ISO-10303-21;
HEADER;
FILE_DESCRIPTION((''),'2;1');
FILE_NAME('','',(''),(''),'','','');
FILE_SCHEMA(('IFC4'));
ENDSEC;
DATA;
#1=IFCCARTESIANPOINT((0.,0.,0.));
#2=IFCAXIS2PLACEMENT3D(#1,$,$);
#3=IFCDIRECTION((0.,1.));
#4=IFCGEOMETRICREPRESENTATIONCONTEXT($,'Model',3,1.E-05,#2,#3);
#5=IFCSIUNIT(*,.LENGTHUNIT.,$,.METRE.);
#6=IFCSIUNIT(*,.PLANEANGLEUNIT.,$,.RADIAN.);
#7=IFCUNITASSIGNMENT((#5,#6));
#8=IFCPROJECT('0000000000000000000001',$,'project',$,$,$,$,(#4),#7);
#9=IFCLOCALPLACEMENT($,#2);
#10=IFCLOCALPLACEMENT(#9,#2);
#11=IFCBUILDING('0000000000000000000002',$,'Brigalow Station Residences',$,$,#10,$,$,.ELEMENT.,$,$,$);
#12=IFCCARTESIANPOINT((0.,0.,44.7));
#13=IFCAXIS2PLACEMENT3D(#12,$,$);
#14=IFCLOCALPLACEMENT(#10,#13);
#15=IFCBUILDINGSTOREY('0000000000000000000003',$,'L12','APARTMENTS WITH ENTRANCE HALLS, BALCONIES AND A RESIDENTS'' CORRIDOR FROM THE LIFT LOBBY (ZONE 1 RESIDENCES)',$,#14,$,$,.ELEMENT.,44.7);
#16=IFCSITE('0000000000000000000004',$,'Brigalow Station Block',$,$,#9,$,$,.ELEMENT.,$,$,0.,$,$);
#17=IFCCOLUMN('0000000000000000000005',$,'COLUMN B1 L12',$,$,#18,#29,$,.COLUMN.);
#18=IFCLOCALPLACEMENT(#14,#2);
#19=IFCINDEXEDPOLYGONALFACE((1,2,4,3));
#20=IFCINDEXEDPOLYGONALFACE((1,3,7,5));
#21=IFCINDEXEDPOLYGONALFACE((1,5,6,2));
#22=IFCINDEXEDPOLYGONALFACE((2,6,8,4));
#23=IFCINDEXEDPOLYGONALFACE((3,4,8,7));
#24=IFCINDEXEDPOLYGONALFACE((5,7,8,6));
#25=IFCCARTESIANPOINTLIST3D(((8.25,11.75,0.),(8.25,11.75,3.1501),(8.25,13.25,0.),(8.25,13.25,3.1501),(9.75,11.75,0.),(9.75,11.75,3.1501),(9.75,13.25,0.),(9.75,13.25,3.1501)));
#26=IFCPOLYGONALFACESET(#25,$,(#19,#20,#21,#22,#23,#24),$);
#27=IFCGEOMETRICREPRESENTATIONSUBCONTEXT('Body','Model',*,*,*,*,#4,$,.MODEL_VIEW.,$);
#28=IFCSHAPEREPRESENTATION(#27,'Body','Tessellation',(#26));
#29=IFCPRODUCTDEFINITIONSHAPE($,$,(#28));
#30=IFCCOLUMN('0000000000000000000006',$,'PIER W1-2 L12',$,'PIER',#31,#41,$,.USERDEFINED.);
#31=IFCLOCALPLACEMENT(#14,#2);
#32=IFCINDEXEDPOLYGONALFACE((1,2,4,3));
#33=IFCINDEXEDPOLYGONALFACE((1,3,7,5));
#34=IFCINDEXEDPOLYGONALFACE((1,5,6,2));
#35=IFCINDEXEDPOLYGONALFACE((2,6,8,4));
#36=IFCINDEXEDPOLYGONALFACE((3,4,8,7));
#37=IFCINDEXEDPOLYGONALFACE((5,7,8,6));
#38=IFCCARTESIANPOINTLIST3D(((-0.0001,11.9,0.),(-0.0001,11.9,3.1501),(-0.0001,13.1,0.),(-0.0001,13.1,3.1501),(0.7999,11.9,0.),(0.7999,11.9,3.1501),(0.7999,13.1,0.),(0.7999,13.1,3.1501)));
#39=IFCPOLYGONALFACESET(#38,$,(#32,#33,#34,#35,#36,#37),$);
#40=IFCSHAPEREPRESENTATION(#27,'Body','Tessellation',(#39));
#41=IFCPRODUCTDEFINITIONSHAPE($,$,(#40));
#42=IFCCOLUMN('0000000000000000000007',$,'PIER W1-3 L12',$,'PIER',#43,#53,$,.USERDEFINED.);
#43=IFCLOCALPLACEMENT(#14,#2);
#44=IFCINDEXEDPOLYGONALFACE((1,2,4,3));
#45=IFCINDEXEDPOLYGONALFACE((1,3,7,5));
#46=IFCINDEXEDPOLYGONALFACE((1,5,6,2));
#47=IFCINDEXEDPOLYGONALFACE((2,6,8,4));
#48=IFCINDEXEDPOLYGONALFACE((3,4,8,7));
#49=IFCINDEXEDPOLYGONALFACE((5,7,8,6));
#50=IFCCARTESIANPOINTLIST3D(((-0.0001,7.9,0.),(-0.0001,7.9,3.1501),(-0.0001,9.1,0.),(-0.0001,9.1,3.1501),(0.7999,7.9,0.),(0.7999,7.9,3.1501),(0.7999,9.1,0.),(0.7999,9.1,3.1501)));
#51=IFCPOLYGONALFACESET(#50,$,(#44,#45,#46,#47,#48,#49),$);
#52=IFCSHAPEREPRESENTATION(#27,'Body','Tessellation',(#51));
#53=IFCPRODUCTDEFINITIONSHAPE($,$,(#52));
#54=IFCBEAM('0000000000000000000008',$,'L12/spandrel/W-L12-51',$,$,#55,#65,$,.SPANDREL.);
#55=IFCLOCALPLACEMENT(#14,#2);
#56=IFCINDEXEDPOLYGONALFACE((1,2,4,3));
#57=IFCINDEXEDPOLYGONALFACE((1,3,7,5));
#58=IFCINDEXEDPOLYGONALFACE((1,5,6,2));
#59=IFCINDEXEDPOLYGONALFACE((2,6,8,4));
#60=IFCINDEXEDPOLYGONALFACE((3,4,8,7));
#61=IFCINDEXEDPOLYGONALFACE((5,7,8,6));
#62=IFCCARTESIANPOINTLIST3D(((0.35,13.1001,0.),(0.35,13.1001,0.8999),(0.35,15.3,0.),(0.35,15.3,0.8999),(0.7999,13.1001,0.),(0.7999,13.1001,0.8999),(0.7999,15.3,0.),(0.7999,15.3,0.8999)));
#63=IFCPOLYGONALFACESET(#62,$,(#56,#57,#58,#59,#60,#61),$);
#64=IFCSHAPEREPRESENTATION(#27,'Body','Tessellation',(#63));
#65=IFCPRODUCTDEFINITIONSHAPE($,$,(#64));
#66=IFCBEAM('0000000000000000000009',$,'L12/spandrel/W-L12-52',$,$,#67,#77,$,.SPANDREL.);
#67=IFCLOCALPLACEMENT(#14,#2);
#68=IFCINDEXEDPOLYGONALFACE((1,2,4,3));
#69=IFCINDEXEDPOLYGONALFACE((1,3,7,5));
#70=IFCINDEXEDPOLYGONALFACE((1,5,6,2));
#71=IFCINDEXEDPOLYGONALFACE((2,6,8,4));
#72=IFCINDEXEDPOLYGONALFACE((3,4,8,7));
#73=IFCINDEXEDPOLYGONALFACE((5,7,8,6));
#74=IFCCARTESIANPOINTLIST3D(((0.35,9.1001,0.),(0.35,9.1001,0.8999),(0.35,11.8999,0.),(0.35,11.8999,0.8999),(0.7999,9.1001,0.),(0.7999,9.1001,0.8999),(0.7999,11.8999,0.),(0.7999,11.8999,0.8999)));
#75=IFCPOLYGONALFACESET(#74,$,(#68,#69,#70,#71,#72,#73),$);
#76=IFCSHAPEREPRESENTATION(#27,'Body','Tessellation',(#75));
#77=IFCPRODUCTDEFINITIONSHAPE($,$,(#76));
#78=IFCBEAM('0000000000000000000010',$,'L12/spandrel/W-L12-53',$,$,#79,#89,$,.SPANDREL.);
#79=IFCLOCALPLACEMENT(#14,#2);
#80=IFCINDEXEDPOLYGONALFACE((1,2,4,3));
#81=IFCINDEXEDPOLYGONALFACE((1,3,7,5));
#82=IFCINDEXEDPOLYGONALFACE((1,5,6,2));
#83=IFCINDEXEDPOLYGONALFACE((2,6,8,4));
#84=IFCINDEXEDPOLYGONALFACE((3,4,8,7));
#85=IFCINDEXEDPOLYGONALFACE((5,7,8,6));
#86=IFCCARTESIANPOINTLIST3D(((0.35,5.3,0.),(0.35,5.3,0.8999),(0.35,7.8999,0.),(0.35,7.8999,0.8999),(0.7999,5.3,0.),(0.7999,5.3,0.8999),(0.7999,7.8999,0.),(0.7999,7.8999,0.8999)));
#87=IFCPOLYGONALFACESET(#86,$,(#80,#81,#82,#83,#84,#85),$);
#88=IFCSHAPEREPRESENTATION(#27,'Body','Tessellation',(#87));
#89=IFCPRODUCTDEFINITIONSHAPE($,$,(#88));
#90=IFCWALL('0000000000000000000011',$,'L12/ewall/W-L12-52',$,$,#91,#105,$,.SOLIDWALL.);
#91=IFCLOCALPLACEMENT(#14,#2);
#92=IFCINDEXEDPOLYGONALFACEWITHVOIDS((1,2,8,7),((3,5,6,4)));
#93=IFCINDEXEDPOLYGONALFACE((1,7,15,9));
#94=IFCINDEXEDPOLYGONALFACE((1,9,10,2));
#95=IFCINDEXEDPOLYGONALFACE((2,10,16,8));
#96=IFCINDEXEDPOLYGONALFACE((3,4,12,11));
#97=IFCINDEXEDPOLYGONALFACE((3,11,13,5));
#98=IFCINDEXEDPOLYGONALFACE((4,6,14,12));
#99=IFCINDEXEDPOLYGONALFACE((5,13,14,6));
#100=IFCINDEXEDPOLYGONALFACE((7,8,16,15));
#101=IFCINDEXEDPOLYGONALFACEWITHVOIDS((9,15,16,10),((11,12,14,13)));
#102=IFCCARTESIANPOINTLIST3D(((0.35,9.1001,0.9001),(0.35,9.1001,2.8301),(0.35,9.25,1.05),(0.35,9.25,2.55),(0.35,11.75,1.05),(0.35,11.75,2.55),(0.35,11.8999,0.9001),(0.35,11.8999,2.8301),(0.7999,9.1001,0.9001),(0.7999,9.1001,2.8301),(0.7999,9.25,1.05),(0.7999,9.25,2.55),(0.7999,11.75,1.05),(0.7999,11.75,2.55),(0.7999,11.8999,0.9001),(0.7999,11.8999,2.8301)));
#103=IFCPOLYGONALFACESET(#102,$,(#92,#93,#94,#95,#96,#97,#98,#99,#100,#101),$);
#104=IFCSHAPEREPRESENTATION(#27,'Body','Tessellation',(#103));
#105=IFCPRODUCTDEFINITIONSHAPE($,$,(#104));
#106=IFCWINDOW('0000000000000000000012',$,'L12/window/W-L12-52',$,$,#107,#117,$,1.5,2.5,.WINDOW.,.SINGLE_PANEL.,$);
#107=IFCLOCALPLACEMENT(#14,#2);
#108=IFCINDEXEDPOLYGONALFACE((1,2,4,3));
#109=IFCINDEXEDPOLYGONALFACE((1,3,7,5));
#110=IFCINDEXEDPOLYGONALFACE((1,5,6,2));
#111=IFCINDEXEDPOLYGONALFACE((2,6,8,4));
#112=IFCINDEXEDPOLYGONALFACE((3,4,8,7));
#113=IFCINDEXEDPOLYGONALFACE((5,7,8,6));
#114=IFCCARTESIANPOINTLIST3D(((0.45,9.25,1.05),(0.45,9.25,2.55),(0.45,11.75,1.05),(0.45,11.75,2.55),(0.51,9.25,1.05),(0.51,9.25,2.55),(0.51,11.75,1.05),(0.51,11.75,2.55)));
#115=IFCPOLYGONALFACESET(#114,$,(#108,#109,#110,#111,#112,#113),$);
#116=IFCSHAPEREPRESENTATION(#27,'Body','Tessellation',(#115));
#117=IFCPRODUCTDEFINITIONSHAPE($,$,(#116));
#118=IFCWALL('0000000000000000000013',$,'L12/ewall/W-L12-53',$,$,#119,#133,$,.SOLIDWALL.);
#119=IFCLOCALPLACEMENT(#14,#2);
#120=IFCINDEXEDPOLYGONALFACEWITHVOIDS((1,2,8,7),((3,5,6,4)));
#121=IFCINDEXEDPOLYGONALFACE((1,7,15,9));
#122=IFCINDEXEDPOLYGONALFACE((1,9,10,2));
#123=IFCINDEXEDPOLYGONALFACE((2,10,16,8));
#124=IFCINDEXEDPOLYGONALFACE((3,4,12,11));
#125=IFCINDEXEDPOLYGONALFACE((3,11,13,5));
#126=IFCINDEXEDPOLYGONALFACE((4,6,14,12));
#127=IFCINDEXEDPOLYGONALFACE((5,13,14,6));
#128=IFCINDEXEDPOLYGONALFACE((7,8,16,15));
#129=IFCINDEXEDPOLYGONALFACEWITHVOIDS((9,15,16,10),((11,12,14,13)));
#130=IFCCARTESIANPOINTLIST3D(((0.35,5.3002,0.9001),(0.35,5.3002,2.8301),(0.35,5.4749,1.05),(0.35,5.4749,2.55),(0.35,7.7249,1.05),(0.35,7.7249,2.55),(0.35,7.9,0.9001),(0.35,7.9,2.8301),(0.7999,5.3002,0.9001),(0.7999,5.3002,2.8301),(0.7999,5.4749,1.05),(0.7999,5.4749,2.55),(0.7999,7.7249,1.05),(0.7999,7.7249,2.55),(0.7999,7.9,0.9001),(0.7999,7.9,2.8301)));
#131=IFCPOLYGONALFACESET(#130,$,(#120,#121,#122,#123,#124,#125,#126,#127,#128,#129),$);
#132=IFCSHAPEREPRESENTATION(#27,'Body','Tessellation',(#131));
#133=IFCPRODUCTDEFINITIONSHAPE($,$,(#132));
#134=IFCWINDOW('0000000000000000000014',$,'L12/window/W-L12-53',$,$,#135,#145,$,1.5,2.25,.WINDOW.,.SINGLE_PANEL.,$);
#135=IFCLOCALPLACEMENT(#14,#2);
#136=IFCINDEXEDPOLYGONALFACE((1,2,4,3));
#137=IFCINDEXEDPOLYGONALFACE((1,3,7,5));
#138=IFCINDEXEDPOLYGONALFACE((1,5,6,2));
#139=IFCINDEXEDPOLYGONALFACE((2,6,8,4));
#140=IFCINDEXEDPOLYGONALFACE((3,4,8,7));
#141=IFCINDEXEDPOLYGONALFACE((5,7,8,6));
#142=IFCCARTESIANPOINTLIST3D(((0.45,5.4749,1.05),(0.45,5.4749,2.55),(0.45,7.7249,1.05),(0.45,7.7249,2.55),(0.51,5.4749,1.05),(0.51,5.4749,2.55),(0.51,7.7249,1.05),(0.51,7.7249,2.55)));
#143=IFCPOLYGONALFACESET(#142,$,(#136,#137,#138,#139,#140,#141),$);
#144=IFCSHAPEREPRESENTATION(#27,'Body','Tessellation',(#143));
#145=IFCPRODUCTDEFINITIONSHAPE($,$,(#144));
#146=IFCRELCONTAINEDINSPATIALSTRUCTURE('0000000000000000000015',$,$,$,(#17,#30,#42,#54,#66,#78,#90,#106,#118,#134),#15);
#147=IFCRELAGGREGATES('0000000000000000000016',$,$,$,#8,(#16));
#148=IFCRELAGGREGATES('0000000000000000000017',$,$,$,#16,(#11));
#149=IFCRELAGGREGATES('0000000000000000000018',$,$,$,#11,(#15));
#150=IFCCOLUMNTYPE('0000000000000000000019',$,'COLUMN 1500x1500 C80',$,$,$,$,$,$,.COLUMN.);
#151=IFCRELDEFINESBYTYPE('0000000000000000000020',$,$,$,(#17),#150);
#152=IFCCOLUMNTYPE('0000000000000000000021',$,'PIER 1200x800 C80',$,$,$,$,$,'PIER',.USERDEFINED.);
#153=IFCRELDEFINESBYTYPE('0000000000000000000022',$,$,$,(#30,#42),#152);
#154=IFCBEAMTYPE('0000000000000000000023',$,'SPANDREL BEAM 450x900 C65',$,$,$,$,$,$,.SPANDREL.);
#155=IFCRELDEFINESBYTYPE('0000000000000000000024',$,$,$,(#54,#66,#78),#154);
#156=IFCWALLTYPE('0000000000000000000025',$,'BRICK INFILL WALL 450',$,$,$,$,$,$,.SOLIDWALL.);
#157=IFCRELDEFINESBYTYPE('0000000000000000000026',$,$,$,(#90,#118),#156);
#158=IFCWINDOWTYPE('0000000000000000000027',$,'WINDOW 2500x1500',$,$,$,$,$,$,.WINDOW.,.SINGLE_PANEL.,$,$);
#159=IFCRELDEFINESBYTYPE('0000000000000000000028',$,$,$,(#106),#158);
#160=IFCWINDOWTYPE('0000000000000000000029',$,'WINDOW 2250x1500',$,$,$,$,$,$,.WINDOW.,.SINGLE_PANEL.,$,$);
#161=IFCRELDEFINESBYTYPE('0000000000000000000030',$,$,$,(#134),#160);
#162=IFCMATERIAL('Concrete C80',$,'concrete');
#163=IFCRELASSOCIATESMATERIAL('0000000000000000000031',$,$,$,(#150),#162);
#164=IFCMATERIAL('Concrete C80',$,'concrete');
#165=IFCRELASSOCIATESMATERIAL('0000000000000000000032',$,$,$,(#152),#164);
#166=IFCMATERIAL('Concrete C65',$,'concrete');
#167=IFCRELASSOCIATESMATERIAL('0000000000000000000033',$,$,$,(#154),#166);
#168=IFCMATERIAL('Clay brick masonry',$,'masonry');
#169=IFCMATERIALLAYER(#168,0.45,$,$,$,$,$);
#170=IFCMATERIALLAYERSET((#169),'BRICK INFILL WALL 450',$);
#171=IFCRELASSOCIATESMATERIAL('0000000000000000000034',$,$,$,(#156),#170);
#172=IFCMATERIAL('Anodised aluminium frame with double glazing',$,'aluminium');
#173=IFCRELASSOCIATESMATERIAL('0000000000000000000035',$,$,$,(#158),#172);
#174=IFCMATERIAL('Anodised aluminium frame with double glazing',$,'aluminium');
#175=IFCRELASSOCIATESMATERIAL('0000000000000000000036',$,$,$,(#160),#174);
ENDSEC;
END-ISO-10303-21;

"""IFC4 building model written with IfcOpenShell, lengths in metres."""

from ifc_helpers import new_model, si_unit, direction, frame, frame_2d, origin, origin_2d, place, context, subcontext, project, spatial, rectangle, extrude, material, layer, layer_set, material_profile, profile_set, type_object, element, fill, save


model = new_model("IFC4")

# Units and contexts
model_context = context("Model", 3, precision=1e-05, world=origin(), true_north=direction((0.0, 1.0)))
body_context = subcontext(model_context, "Body", "Model", "MODEL_VIEW")
ifc_project = project(units=[si_unit("LENGTHUNIT", "METRE"), si_unit("PLANEANGLEUNIT", "RADIAN")], contexts=[model_context])

# Site, building, storey
site_placement = place(None, origin())
site = spatial("IfcSite", under=ifc_project, at=site_placement, Name="Brigalow Station Block", CompositionType="ELEMENT", RefElevation=0.0)
building_placement = place(site_placement, origin())
building = spatial("IfcBuilding", under=site, at=building_placement, Name="Brigalow Station Residences", CompositionType="ELEMENT")
storey_placement = place(building_placement, frame((0.0, 0.0, 44.7)))
storey = spatial("IfcBuildingStorey", under=building, at=storey_placement, Name="L12", Description="APARTMENTS WITH ENTRANCE HALLS, BALCONIES AND A RESIDENTS' CORRIDOR FROM THE LIFT LOBBY (ZONE 1 RESIDENCES)", CompositionType="ELEMENT", Elevation=44.7)

# Columns
ifc_material_1 = material(Name="Concrete C80", Category="concrete")
ifc_material_profile_1 = material_profile(ifc_material_1, rectangle(XDim=1.5, YDim=1.5, at=origin_2d()), Name="RC1500x1500")
ifc_profile_set_1 = profile_set([ifc_material_profile_1], Name="Concrete C80")
column_type_1 = type_object("IfcColumnType", Name="COLUMN 1500x1500 C80", PredefinedType="COLUMN", material=ifc_profile_set_1)
column_placement = place(storey_placement, frame((9.0, 12.5, 0.0), z_axis=(0.0, 0.0, 1.0), x_axis=(1.0, 0.0, 0.0)))
element("IfcColumn", 1, at=column_placement, inside=storey, type_object=column_type_1, Name="COLUMN B1 L12", PredefinedType="COLUMN", context=body_context, shape_type="SweptSolid", body=[
    extrude(rectangle(XDim=1.5, YDim=1.5, at=origin_2d()), origin(), (0.0, 0.0, 1.0), 3.1501),
])
ifc_material_2 = material(Name="Concrete C80", Category="concrete")
ifc_material_profile_2 = material_profile(ifc_material_2, rectangle(XDim=1.2, YDim=0.8, at=origin_2d()), Name="RC1200x800")
ifc_profile_set_2 = profile_set([ifc_material_profile_2], Name="Concrete C80")
column_type_2 = type_object("IfcColumnType", Name="PIER 1200x800 C80", ElementType="PIER", PredefinedType="USERDEFINED", material=ifc_profile_set_2)
for number, where, z_axis, x_axis, name in (
    (2, (0.3999, 12.5, 0.0), (0.0, 0.0, 1.0), (0.0, -1.0, 0.0), "PIER W1-2 L12"),
    (3, (0.3999, 8.5, 0.0), (0.0, 0.0, 1.0), (0.0, -1.0, 0.0), "PIER W1-3 L12"),
):
    element("IfcColumn", number, at=place(storey_placement, frame(where, z_axis=z_axis, x_axis=x_axis)), inside=storey, type_object=column_type_2, Name=name, ObjectType="PIER", PredefinedType="USERDEFINED", context=body_context, shape_type="SweptSolid", body=[
        extrude(rectangle(XDim=1.2, YDim=0.8, at=origin_2d()), origin(), (0.0, 0.0, 1.0), 3.1501),
    ])

# Beams
ifc_material_3 = material(Name="Concrete C65", Category="concrete")
ifc_material_profile_3 = material_profile(ifc_material_3, rectangle(XDim=0.45, YDim=0.8999, at=origin_2d()), Name="RC450x900")
ifc_profile_set_3 = profile_set([ifc_material_profile_3], Name="Concrete C65")
beam_type = type_object("IfcBeamType", Name="SPANDREL BEAM 450x900 C65", PredefinedType="SPANDREL", material=ifc_profile_set_3)
beam_1_placement = place(storey_placement, frame((0.575, 15.3, 0.45), z_axis=(0.0, -1.0, 0.0), x_axis=(1.0, 0.0, 0.0)))
element("IfcBeam", 4, at=beam_1_placement, inside=storey, type_object=beam_type, Name="L12/spandrel/W-L12-51", PredefinedType="SPANDREL", context=body_context, shape_type="SweptSolid", body=[
    extrude(rectangle(XDim=0.45, YDim=0.8999, at=origin_2d()), origin(), (0.0, 0.0, 1.0), 2.2),
])
beam_2_placement = place(storey_placement, frame((0.575, 11.8999, 0.45), z_axis=(0.0, -1.0, 0.0), x_axis=(1.0, 0.0, 0.0)))
element("IfcBeam", 5, at=beam_2_placement, inside=storey, type_object=beam_type, Name="L12/spandrel/W-L12-52", PredefinedType="SPANDREL", context=body_context, shape_type="SweptSolid", body=[
    extrude(rectangle(XDim=0.45, YDim=0.8999, at=origin_2d()), origin(), (0.0, 0.0, 1.0), 2.7998),
])
beam_3_placement = place(storey_placement, frame((0.575, 7.8999, 0.45), z_axis=(0.0, -1.0, 0.0), x_axis=(1.0, 0.0, 0.0)))
element("IfcBeam", 6, at=beam_3_placement, inside=storey, type_object=beam_type, Name="L12/spandrel/W-L12-53", PredefinedType="SPANDREL", context=body_context, shape_type="SweptSolid", body=[
    extrude(rectangle(XDim=0.45, YDim=0.8999, at=origin_2d()), origin(), (0.0, 0.0, 1.0), 2.5999),
])

# Walls, openings, windows
ifc_material_4 = material(Name="Clay brick masonry", Category="masonry")
ifc_layer_1 = layer(ifc_material_4, 0.45)
ifc_layer_set_1 = layer_set([ifc_layer_1], Name="BRICK INFILL WALL 450")
wall_type_1 = type_object("IfcWallType", Name="BRICK INFILL WALL 450", PredefinedType="SOLIDWALL", material=ifc_layer_set_1)
wall_1_placement = place(storey_placement, frame((0.575, 11.8999, 0.9001), z_axis=(0.0, 0.0, 1.0), x_axis=(0.0, -1.0, 0.0)))
wall_1 = element("IfcWall", 7, at=wall_1_placement, inside=storey, type_object=wall_type_1, Name="L12/ewall/W-L12-52", PredefinedType="SOLIDWALL", context=body_context, shape_type="SweptSolid", body=[
    extrude(rectangle(XDim=2.7998, YDim=0.45, at=frame_2d((1.3999, 0.0))), origin(), (0.0, 0.0, 1.0), 1.9299),
])
opening_1_placement = place(wall_1_placement, frame((0.1499, 0.0, 0.1499)))
opening_1 = element("IfcOpeningElement", 8, at=opening_1_placement, cuts=wall_1, PredefinedType="OPENING", context=body_context, shape_type="SweptSolid", body=[
    extrude(rectangle(XDim=2.5, YDim=1.5, at=frame_2d((1.25, 0.75))), frame((0.0, 0.2349, 0.0), z_axis=(0.0, -1.0, 0.0), x_axis=(1.0, 0.0, 0.0)), (0.0, 0.0, 1.0), 0.47),
])
ifc_material_5 = material(Name="Anodised aluminium frame with double glazing", Category="aluminium")
window_type_1 = type_object("IfcWindowType", Name="WINDOW 2500x1500", PartitioningType="SINGLE_PANEL", PredefinedType="WINDOW", material=ifc_material_5)
window_1_placement = place(opening_1_placement, origin())
window_1 = element("IfcWindow", 9, at=window_1_placement, inside=storey, type_object=window_type_1, Name="L12/window/W-L12-52", OverallHeight=1.5, OverallWidth=2.5, PartitioningType="SINGLE_PANEL", PredefinedType="WINDOW", context=body_context, shape_type="SweptSolid", body=[
    extrude(rectangle(XDim=2.5, YDim=1.5, at=frame_2d((1.25, 0.75))), frame((0.0, -0.0649, 0.0), z_axis=(0.0, -1.0, 0.0), x_axis=(1.0, 0.0, 0.0)), (0.0, 0.0, 1.0), 0.0601),
])
fill(opening_1, window_1)
wall_2_placement = place(storey_placement, frame((0.575, 7.8999, 0.9001), z_axis=(0.0, 0.0, 1.0), x_axis=(0.0, -1.0, 0.0)))
wall_2 = element("IfcWall", 10, at=wall_2_placement, inside=storey, type_object=wall_type_1, Name="L12/ewall/W-L12-53", PredefinedType="SOLIDWALL", context=body_context, shape_type="SweptSolid", body=[
    extrude(rectangle(XDim=2.5999, YDim=0.45, at=frame_2d((1.2998, 0.0))), origin(), (0.0, 0.0, 1.0), 1.9299),
])
opening_2_placement = place(wall_2_placement, frame((0.175, 0.0, 0.1499)))
opening_2 = element("IfcOpeningElement", 11, at=opening_2_placement, cuts=wall_2, PredefinedType="OPENING", context=body_context, shape_type="SweptSolid", body=[
    extrude(rectangle(XDim=2.25, YDim=1.5, at=frame_2d((1.125, 0.75))), frame((0.0, 0.2349, 0.0), z_axis=(0.0, -1.0, 0.0), x_axis=(1.0, 0.0, 0.0)), (0.0, 0.0, 1.0), 0.47),
])
ifc_material_6 = material(Name="Anodised aluminium frame with double glazing", Category="aluminium")
window_type_2 = type_object("IfcWindowType", Name="WINDOW 2250x1500", PartitioningType="SINGLE_PANEL", PredefinedType="WINDOW", material=ifc_material_6)
window_2_placement = place(opening_2_placement, origin())
window_2 = element("IfcWindow", 12, at=window_2_placement, inside=storey, type_object=window_type_2, Name="L12/window/W-L12-53", OverallHeight=1.5, OverallWidth=2.25, PartitioningType="SINGLE_PANEL", PredefinedType="WINDOW", context=body_context, shape_type="SweptSolid", body=[
    extrude(rectangle(XDim=2.25, YDim=1.5, at=frame_2d((1.125, 0.75))), frame((0.0, -0.0649, 0.0), z_axis=(0.0, -1.0, 0.0), x_axis=(1.0, 0.0, 0.0)), (0.0, 0.0, 1.0), 0.0601),
])
fill(opening_2, window_2)

save(model, "model.ifc")
